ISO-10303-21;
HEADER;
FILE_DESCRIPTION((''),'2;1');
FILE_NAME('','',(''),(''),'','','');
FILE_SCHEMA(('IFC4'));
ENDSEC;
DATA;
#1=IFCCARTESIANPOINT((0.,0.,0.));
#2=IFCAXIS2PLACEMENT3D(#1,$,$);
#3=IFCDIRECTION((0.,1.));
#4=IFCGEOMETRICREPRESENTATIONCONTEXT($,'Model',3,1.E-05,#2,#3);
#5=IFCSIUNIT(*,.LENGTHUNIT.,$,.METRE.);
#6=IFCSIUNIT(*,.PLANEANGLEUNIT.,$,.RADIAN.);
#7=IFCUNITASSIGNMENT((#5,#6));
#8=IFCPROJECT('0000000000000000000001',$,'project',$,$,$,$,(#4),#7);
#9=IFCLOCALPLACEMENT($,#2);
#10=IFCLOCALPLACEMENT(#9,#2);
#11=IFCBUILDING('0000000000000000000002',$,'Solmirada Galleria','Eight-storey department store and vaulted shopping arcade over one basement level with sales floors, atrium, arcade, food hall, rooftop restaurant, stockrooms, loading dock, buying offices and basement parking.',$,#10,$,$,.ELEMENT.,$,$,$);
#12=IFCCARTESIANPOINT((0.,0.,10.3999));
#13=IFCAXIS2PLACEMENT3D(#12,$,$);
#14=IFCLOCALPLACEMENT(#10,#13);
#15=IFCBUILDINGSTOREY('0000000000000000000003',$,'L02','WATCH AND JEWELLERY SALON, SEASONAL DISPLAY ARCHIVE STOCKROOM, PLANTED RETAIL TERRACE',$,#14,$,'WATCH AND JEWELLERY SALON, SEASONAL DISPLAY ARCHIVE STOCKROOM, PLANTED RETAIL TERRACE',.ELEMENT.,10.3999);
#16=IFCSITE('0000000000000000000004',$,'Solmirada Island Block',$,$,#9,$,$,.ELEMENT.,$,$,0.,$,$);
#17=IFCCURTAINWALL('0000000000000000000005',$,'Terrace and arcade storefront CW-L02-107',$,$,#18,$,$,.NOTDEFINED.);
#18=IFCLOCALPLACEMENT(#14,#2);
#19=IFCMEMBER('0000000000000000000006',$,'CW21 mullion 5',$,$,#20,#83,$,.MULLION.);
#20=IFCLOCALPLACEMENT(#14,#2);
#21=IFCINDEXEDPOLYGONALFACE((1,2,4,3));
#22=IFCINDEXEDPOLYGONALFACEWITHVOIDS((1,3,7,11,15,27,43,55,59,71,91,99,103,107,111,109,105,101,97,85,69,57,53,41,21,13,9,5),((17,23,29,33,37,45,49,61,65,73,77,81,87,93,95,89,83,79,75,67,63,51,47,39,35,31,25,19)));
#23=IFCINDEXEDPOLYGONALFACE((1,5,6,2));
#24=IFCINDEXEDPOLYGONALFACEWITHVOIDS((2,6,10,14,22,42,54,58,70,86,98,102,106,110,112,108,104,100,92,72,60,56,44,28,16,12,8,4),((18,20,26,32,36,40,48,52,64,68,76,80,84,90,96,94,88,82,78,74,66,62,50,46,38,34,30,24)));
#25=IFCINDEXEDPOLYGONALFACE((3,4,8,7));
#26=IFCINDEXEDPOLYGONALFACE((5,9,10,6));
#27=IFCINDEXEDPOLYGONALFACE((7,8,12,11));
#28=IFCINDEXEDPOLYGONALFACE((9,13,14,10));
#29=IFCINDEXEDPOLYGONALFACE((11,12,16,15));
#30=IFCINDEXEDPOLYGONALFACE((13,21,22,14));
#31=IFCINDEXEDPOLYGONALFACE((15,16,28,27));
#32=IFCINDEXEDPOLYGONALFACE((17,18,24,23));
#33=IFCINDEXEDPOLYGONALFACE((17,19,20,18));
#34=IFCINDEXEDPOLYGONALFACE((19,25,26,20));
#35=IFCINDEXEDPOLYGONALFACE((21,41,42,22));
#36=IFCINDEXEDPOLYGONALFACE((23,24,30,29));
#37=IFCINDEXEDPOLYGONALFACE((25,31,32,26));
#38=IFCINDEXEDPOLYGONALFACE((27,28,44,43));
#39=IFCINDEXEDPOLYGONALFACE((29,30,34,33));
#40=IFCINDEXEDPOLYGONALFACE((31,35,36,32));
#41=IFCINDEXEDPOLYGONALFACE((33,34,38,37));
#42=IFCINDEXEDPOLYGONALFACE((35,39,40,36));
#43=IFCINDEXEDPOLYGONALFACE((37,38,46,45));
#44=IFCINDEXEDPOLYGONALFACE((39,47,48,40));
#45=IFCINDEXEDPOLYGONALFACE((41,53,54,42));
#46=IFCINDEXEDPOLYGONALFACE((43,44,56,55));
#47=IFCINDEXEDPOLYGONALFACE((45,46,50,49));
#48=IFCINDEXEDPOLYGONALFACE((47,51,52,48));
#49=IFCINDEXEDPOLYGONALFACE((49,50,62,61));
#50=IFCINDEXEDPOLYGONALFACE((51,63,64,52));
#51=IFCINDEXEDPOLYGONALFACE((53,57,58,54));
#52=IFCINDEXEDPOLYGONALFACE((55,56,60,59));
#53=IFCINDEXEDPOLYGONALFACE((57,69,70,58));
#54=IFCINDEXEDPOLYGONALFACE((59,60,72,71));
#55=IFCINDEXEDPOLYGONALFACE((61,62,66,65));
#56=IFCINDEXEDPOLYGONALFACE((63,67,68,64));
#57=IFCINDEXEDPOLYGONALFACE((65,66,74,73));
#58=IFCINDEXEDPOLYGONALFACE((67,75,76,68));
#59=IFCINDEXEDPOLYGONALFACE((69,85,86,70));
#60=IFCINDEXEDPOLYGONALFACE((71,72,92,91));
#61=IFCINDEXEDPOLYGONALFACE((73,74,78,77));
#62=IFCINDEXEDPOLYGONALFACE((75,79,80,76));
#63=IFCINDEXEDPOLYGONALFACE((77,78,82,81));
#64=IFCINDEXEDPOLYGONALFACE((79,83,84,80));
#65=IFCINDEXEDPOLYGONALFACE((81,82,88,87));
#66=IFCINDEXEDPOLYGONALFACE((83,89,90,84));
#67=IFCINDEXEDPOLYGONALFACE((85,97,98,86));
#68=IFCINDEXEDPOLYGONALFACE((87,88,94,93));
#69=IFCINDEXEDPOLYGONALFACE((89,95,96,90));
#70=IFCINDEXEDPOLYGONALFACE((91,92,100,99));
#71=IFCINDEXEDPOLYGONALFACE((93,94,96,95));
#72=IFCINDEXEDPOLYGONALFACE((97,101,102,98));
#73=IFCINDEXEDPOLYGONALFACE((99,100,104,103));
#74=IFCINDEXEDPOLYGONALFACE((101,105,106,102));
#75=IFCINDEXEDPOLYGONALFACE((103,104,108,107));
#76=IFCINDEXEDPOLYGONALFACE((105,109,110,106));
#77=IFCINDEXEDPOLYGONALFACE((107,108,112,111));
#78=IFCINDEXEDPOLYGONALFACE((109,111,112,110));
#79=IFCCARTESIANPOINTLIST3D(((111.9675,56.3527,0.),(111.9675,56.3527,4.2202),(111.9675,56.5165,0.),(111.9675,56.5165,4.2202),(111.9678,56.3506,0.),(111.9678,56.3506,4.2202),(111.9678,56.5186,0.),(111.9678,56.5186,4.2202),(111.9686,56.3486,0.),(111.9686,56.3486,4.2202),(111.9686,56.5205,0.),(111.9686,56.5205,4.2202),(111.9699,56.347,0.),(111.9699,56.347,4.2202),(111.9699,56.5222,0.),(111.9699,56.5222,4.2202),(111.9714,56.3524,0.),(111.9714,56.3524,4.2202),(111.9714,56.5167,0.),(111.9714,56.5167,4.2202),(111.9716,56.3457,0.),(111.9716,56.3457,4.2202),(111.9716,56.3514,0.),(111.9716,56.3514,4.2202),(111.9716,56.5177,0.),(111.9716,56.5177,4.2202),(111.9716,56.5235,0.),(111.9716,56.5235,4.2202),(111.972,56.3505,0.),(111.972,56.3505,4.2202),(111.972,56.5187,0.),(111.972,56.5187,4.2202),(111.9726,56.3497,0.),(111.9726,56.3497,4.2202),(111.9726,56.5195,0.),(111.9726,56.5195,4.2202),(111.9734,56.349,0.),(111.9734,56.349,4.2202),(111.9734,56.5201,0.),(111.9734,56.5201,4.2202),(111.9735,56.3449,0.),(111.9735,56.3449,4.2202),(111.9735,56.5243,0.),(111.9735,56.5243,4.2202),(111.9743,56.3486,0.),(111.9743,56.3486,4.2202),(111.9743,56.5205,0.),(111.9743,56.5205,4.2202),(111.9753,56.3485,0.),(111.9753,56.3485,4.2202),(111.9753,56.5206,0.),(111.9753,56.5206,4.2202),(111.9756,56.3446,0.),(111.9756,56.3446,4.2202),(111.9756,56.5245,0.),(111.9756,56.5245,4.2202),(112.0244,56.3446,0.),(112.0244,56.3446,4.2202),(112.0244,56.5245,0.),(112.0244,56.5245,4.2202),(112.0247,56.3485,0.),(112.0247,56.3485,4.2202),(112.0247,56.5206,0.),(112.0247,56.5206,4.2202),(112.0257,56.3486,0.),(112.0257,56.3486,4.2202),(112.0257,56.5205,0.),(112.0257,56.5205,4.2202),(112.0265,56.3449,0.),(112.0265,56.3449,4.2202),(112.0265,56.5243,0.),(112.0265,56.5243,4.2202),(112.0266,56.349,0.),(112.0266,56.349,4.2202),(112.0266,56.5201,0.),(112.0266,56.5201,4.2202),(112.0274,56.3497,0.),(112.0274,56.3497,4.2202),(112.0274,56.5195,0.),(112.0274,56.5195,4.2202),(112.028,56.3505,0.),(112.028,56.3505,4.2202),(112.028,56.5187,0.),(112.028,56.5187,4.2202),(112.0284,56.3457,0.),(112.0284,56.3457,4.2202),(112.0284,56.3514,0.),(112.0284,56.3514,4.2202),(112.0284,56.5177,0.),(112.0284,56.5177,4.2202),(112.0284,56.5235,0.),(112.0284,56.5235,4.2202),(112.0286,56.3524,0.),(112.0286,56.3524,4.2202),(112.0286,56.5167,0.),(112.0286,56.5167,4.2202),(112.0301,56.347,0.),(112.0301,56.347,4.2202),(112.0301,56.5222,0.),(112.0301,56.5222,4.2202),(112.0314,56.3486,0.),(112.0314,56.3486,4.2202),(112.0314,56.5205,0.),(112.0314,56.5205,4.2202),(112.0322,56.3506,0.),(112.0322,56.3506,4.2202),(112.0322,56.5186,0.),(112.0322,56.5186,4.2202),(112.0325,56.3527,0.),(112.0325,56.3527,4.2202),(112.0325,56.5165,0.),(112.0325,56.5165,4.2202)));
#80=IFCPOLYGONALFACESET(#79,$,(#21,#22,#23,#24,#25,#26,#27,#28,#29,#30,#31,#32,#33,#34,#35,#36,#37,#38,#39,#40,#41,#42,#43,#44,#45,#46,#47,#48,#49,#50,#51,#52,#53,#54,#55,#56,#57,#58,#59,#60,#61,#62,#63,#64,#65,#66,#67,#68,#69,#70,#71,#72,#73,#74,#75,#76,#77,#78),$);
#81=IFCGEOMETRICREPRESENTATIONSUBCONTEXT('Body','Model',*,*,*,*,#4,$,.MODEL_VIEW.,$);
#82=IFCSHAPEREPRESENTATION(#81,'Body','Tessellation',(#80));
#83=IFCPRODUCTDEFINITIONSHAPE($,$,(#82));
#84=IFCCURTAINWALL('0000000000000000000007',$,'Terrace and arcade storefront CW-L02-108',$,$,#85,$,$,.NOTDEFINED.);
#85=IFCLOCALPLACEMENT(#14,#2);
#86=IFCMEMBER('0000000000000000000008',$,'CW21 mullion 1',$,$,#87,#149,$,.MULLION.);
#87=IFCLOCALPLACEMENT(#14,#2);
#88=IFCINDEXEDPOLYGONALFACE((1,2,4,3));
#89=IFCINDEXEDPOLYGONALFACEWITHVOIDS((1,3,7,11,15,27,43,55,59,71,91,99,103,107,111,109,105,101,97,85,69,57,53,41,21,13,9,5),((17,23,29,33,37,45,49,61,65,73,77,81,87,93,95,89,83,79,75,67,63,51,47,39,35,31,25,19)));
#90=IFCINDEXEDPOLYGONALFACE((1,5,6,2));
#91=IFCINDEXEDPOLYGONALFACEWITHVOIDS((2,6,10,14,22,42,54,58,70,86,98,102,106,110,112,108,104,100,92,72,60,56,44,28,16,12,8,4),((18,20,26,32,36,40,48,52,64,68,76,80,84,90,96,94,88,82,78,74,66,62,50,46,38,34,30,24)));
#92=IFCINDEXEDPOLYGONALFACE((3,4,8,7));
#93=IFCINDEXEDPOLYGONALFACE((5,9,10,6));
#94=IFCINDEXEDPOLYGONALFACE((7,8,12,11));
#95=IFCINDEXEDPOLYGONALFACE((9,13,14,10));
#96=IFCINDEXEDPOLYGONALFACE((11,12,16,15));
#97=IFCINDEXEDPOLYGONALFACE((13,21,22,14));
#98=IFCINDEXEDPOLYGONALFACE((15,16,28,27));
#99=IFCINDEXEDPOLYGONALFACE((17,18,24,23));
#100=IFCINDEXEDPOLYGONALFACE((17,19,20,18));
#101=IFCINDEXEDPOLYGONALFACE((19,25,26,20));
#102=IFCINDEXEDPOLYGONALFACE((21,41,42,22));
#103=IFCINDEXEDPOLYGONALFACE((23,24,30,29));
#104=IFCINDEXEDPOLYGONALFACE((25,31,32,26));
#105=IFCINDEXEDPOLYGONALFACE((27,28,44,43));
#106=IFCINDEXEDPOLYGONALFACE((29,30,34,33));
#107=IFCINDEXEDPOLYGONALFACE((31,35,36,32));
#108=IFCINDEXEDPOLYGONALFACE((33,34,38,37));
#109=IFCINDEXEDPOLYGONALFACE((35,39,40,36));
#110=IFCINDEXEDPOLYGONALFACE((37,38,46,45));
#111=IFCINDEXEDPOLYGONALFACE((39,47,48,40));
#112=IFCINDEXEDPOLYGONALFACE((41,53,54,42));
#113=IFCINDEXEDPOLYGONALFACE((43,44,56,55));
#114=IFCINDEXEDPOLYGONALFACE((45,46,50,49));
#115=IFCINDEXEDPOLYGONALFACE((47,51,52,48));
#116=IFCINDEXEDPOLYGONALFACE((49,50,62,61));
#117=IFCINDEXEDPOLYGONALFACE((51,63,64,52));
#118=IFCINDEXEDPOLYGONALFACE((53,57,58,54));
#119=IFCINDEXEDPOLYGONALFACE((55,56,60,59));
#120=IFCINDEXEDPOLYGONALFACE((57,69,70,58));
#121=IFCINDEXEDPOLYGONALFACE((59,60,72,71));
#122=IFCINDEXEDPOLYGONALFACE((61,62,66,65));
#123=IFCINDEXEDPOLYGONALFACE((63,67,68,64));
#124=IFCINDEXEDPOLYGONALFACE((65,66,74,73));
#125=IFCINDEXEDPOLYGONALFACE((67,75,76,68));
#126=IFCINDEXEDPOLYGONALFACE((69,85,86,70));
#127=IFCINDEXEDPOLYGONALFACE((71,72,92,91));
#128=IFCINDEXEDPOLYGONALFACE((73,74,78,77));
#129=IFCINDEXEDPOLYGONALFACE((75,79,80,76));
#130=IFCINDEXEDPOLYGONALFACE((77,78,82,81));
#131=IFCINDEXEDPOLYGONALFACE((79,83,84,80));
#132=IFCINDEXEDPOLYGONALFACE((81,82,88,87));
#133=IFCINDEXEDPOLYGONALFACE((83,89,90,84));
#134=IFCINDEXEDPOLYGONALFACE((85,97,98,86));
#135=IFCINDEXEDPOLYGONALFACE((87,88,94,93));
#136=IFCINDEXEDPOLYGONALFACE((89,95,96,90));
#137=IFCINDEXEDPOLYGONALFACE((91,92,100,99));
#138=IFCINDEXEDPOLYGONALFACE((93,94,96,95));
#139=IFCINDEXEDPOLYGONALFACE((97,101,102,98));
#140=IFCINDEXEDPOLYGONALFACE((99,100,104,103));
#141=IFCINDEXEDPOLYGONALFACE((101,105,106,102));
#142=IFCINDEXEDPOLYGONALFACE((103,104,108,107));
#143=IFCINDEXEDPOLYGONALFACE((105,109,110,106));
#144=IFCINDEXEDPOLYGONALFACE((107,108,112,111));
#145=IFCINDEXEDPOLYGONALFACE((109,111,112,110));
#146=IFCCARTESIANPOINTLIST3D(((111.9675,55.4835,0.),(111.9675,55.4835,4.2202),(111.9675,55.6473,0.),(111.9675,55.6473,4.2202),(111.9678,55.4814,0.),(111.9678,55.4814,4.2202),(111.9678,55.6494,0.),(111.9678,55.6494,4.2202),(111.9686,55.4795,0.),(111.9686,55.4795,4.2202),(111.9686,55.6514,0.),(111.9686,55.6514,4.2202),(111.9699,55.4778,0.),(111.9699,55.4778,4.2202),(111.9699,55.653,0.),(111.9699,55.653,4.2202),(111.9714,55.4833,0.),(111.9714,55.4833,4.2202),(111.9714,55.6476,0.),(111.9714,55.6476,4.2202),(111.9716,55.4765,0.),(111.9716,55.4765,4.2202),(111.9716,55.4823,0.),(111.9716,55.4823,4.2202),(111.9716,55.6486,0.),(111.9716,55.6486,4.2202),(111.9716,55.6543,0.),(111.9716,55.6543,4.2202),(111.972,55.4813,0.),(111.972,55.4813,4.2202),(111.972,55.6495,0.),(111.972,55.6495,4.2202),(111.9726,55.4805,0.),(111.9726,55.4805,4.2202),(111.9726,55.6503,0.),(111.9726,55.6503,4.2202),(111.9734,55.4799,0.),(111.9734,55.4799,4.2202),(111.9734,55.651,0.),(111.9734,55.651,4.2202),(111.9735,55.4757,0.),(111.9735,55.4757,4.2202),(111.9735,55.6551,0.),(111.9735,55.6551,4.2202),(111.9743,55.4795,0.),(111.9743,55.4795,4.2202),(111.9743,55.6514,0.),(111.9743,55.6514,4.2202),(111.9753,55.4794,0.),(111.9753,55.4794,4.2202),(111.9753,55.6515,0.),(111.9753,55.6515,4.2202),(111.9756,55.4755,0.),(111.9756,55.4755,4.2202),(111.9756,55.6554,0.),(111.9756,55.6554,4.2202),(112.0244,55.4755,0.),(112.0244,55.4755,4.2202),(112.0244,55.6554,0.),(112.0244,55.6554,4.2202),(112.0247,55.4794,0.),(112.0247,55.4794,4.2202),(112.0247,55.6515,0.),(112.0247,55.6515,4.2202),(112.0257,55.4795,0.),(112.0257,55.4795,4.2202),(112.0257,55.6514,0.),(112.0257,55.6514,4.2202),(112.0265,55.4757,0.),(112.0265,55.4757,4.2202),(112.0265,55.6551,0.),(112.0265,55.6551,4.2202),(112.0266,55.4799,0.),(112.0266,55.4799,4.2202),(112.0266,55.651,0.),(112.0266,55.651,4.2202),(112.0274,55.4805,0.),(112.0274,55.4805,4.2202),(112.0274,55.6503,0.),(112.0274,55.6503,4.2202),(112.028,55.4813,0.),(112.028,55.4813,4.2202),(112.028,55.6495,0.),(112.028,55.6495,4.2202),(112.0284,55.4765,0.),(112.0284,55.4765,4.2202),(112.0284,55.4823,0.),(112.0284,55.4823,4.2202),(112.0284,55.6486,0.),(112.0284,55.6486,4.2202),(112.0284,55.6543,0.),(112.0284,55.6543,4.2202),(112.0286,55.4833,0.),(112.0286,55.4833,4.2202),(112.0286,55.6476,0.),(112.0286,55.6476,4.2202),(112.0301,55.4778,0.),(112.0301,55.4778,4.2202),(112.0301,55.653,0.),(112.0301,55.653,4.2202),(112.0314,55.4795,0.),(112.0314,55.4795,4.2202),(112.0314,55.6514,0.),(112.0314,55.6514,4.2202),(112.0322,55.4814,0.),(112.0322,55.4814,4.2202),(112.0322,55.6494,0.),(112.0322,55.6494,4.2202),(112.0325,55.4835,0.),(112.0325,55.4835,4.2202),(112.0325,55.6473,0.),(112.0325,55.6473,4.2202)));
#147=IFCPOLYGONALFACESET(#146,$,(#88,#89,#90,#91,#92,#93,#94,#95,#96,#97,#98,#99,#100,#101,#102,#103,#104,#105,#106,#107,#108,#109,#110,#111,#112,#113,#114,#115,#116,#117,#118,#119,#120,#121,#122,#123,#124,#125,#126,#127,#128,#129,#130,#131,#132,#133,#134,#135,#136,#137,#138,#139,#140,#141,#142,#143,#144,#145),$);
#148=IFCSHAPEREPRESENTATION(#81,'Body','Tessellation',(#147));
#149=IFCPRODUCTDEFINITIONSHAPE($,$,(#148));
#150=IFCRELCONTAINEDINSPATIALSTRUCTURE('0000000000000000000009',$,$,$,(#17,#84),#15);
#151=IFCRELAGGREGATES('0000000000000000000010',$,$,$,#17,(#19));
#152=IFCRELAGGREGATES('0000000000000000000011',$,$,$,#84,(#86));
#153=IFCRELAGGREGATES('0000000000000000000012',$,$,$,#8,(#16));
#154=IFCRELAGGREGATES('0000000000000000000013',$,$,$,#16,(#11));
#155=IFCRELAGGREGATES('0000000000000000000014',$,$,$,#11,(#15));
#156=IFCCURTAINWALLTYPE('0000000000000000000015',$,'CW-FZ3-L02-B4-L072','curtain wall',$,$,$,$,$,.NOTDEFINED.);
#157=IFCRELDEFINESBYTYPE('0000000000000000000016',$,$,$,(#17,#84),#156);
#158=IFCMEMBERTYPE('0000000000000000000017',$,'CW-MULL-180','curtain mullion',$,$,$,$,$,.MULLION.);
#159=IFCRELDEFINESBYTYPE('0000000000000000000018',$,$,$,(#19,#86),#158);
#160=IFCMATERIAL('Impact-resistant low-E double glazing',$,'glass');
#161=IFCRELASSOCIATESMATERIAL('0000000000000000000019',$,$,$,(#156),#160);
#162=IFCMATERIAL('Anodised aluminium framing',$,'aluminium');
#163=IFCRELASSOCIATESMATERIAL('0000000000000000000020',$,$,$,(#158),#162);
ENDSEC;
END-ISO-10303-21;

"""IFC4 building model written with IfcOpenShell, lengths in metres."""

from ifc_helpers import new_model, si_unit, direction, frame, origin, origin_2d, place, context, subcontext, project, spatial, hollow_rectangle, extrude, material, material_profile, profile_set, type_object, element, aggregate, save


model = new_model("IFC4")

# Units and contexts
model_context = context("Model", 3, precision=1e-05, world=origin(), true_north=direction((0.0, 1.0)))
body_context = subcontext(model_context, "Body", "Model", "MODEL_VIEW")
ifc_project = project(units=[si_unit("LENGTHUNIT", "METRE"), si_unit("PLANEANGLEUNIT", "RADIAN")], contexts=[model_context])

# Site, building, storey
site_placement = place(None, origin())
site = spatial("IfcSite", under=ifc_project, at=site_placement, Name="Solmirada Island Block", CompositionType="ELEMENT", RefElevation=0.0)
building_placement = place(site_placement, origin())
building = spatial("IfcBuilding", under=site, at=building_placement, Name="Solmirada Galleria", Description="Eight-storey department store and vaulted shopping arcade over one basement level with sales floors, atrium, arcade, food hall, rooftop restaurant, stockrooms, loading dock, buying offices and basement parking.", CompositionType="ELEMENT")
storey_placement = place(building_placement, frame((0.0, 0.0, 10.3999)))
storey = spatial("IfcBuildingStorey", under=building, at=storey_placement, Name="L02", Description="WATCH AND JEWELLERY SALON, SEASONAL DISPLAY ARCHIVE STOCKROOM, PLANTED RETAIL TERRACE", LongName="WATCH AND JEWELLERY SALON, SEASONAL DISPLAY ARCHIVE STOCKROOM, PLANTED RETAIL TERRACE", CompositionType="ELEMENT", Elevation=10.3999)

# Curtain walls, members
ifc_material_1 = material(Name="Impact-resistant low-E double glazing", Category="glass")
curtain_wall_type = type_object("IfcCurtainWallType", Name="CW-FZ3-L02-B4-L072", Description="curtain wall", PredefinedType="NOTDEFINED", material=ifc_material_1)
curtain_wall_1_placement = place(storey_placement, origin())
curtain_wall_1 = element("IfcCurtainWall", 1, at=curtain_wall_1_placement, inside=storey, type_object=curtain_wall_type, Name="Terrace and arcade storefront CW-L02-107", PredefinedType="NOTDEFINED")
ifc_material_2 = material(Name="Anodised aluminium framing", Category="aluminium")
ifc_material_profile_1 = material_profile(ifc_material_2, hollow_rectangle(XDim=0.0649, YDim=0.1799, WallThickness=0.0039, InnerFilletRadius=0.0039, OuterFilletRadius=0.0081, at=origin_2d()), Name="ALU-MULL-180X65")
ifc_profile_set_1 = profile_set([ifc_material_profile_1], Name="Anodised aluminium framing")
member_type_1 = type_object("IfcMemberType", Name="CW-MULL-180", Description="curtain mullion", PredefinedType="MULLION", material=ifc_profile_set_1)
member_1_placement = place(storey_placement, frame((112.0, 56.4346, 0.0), z_axis=(0.0, 0.0, 1.0), x_axis=(1.0, 0.0, 0.0)))
member_1 = element("IfcMember", 2, at=member_1_placement, type_object=member_type_1, Name="CW21 mullion 5", PredefinedType="MULLION", context=body_context, shape_type="SweptSolid", body=[
    extrude(hollow_rectangle(XDim=0.0649, YDim=0.1799, WallThickness=0.0039, InnerFilletRadius=0.0039, OuterFilletRadius=0.0081, at=origin_2d()), origin(), (0.0, 0.0, 1.0), 4.2202),
])
curtain_wall_2_placement = place(storey_placement, origin())
curtain_wall_2 = element("IfcCurtainWall", 3, at=curtain_wall_2_placement, inside=storey, type_object=curtain_wall_type, Name="Terrace and arcade storefront CW-L02-108", PredefinedType="NOTDEFINED")
member_2_placement = place(storey_placement, frame((112.0, 55.5654, 0.0), z_axis=(0.0, 0.0, 1.0), x_axis=(1.0, 0.0, 0.0)))
member_2 = element("IfcMember", 4, at=member_2_placement, type_object=member_type_1, Name="CW21 mullion 1", PredefinedType="MULLION", context=body_context, shape_type="SweptSolid", body=[
    extrude(hollow_rectangle(XDim=0.0649, YDim=0.1799, WallThickness=0.0039, InnerFilletRadius=0.0039, OuterFilletRadius=0.0081, at=origin_2d()), origin(), (0.0, 0.0, 1.0), 4.2202),
])

aggregate(curtain_wall_1, [member_1])
aggregate(curtain_wall_2, [member_2])

save(model, "model.ifc")
